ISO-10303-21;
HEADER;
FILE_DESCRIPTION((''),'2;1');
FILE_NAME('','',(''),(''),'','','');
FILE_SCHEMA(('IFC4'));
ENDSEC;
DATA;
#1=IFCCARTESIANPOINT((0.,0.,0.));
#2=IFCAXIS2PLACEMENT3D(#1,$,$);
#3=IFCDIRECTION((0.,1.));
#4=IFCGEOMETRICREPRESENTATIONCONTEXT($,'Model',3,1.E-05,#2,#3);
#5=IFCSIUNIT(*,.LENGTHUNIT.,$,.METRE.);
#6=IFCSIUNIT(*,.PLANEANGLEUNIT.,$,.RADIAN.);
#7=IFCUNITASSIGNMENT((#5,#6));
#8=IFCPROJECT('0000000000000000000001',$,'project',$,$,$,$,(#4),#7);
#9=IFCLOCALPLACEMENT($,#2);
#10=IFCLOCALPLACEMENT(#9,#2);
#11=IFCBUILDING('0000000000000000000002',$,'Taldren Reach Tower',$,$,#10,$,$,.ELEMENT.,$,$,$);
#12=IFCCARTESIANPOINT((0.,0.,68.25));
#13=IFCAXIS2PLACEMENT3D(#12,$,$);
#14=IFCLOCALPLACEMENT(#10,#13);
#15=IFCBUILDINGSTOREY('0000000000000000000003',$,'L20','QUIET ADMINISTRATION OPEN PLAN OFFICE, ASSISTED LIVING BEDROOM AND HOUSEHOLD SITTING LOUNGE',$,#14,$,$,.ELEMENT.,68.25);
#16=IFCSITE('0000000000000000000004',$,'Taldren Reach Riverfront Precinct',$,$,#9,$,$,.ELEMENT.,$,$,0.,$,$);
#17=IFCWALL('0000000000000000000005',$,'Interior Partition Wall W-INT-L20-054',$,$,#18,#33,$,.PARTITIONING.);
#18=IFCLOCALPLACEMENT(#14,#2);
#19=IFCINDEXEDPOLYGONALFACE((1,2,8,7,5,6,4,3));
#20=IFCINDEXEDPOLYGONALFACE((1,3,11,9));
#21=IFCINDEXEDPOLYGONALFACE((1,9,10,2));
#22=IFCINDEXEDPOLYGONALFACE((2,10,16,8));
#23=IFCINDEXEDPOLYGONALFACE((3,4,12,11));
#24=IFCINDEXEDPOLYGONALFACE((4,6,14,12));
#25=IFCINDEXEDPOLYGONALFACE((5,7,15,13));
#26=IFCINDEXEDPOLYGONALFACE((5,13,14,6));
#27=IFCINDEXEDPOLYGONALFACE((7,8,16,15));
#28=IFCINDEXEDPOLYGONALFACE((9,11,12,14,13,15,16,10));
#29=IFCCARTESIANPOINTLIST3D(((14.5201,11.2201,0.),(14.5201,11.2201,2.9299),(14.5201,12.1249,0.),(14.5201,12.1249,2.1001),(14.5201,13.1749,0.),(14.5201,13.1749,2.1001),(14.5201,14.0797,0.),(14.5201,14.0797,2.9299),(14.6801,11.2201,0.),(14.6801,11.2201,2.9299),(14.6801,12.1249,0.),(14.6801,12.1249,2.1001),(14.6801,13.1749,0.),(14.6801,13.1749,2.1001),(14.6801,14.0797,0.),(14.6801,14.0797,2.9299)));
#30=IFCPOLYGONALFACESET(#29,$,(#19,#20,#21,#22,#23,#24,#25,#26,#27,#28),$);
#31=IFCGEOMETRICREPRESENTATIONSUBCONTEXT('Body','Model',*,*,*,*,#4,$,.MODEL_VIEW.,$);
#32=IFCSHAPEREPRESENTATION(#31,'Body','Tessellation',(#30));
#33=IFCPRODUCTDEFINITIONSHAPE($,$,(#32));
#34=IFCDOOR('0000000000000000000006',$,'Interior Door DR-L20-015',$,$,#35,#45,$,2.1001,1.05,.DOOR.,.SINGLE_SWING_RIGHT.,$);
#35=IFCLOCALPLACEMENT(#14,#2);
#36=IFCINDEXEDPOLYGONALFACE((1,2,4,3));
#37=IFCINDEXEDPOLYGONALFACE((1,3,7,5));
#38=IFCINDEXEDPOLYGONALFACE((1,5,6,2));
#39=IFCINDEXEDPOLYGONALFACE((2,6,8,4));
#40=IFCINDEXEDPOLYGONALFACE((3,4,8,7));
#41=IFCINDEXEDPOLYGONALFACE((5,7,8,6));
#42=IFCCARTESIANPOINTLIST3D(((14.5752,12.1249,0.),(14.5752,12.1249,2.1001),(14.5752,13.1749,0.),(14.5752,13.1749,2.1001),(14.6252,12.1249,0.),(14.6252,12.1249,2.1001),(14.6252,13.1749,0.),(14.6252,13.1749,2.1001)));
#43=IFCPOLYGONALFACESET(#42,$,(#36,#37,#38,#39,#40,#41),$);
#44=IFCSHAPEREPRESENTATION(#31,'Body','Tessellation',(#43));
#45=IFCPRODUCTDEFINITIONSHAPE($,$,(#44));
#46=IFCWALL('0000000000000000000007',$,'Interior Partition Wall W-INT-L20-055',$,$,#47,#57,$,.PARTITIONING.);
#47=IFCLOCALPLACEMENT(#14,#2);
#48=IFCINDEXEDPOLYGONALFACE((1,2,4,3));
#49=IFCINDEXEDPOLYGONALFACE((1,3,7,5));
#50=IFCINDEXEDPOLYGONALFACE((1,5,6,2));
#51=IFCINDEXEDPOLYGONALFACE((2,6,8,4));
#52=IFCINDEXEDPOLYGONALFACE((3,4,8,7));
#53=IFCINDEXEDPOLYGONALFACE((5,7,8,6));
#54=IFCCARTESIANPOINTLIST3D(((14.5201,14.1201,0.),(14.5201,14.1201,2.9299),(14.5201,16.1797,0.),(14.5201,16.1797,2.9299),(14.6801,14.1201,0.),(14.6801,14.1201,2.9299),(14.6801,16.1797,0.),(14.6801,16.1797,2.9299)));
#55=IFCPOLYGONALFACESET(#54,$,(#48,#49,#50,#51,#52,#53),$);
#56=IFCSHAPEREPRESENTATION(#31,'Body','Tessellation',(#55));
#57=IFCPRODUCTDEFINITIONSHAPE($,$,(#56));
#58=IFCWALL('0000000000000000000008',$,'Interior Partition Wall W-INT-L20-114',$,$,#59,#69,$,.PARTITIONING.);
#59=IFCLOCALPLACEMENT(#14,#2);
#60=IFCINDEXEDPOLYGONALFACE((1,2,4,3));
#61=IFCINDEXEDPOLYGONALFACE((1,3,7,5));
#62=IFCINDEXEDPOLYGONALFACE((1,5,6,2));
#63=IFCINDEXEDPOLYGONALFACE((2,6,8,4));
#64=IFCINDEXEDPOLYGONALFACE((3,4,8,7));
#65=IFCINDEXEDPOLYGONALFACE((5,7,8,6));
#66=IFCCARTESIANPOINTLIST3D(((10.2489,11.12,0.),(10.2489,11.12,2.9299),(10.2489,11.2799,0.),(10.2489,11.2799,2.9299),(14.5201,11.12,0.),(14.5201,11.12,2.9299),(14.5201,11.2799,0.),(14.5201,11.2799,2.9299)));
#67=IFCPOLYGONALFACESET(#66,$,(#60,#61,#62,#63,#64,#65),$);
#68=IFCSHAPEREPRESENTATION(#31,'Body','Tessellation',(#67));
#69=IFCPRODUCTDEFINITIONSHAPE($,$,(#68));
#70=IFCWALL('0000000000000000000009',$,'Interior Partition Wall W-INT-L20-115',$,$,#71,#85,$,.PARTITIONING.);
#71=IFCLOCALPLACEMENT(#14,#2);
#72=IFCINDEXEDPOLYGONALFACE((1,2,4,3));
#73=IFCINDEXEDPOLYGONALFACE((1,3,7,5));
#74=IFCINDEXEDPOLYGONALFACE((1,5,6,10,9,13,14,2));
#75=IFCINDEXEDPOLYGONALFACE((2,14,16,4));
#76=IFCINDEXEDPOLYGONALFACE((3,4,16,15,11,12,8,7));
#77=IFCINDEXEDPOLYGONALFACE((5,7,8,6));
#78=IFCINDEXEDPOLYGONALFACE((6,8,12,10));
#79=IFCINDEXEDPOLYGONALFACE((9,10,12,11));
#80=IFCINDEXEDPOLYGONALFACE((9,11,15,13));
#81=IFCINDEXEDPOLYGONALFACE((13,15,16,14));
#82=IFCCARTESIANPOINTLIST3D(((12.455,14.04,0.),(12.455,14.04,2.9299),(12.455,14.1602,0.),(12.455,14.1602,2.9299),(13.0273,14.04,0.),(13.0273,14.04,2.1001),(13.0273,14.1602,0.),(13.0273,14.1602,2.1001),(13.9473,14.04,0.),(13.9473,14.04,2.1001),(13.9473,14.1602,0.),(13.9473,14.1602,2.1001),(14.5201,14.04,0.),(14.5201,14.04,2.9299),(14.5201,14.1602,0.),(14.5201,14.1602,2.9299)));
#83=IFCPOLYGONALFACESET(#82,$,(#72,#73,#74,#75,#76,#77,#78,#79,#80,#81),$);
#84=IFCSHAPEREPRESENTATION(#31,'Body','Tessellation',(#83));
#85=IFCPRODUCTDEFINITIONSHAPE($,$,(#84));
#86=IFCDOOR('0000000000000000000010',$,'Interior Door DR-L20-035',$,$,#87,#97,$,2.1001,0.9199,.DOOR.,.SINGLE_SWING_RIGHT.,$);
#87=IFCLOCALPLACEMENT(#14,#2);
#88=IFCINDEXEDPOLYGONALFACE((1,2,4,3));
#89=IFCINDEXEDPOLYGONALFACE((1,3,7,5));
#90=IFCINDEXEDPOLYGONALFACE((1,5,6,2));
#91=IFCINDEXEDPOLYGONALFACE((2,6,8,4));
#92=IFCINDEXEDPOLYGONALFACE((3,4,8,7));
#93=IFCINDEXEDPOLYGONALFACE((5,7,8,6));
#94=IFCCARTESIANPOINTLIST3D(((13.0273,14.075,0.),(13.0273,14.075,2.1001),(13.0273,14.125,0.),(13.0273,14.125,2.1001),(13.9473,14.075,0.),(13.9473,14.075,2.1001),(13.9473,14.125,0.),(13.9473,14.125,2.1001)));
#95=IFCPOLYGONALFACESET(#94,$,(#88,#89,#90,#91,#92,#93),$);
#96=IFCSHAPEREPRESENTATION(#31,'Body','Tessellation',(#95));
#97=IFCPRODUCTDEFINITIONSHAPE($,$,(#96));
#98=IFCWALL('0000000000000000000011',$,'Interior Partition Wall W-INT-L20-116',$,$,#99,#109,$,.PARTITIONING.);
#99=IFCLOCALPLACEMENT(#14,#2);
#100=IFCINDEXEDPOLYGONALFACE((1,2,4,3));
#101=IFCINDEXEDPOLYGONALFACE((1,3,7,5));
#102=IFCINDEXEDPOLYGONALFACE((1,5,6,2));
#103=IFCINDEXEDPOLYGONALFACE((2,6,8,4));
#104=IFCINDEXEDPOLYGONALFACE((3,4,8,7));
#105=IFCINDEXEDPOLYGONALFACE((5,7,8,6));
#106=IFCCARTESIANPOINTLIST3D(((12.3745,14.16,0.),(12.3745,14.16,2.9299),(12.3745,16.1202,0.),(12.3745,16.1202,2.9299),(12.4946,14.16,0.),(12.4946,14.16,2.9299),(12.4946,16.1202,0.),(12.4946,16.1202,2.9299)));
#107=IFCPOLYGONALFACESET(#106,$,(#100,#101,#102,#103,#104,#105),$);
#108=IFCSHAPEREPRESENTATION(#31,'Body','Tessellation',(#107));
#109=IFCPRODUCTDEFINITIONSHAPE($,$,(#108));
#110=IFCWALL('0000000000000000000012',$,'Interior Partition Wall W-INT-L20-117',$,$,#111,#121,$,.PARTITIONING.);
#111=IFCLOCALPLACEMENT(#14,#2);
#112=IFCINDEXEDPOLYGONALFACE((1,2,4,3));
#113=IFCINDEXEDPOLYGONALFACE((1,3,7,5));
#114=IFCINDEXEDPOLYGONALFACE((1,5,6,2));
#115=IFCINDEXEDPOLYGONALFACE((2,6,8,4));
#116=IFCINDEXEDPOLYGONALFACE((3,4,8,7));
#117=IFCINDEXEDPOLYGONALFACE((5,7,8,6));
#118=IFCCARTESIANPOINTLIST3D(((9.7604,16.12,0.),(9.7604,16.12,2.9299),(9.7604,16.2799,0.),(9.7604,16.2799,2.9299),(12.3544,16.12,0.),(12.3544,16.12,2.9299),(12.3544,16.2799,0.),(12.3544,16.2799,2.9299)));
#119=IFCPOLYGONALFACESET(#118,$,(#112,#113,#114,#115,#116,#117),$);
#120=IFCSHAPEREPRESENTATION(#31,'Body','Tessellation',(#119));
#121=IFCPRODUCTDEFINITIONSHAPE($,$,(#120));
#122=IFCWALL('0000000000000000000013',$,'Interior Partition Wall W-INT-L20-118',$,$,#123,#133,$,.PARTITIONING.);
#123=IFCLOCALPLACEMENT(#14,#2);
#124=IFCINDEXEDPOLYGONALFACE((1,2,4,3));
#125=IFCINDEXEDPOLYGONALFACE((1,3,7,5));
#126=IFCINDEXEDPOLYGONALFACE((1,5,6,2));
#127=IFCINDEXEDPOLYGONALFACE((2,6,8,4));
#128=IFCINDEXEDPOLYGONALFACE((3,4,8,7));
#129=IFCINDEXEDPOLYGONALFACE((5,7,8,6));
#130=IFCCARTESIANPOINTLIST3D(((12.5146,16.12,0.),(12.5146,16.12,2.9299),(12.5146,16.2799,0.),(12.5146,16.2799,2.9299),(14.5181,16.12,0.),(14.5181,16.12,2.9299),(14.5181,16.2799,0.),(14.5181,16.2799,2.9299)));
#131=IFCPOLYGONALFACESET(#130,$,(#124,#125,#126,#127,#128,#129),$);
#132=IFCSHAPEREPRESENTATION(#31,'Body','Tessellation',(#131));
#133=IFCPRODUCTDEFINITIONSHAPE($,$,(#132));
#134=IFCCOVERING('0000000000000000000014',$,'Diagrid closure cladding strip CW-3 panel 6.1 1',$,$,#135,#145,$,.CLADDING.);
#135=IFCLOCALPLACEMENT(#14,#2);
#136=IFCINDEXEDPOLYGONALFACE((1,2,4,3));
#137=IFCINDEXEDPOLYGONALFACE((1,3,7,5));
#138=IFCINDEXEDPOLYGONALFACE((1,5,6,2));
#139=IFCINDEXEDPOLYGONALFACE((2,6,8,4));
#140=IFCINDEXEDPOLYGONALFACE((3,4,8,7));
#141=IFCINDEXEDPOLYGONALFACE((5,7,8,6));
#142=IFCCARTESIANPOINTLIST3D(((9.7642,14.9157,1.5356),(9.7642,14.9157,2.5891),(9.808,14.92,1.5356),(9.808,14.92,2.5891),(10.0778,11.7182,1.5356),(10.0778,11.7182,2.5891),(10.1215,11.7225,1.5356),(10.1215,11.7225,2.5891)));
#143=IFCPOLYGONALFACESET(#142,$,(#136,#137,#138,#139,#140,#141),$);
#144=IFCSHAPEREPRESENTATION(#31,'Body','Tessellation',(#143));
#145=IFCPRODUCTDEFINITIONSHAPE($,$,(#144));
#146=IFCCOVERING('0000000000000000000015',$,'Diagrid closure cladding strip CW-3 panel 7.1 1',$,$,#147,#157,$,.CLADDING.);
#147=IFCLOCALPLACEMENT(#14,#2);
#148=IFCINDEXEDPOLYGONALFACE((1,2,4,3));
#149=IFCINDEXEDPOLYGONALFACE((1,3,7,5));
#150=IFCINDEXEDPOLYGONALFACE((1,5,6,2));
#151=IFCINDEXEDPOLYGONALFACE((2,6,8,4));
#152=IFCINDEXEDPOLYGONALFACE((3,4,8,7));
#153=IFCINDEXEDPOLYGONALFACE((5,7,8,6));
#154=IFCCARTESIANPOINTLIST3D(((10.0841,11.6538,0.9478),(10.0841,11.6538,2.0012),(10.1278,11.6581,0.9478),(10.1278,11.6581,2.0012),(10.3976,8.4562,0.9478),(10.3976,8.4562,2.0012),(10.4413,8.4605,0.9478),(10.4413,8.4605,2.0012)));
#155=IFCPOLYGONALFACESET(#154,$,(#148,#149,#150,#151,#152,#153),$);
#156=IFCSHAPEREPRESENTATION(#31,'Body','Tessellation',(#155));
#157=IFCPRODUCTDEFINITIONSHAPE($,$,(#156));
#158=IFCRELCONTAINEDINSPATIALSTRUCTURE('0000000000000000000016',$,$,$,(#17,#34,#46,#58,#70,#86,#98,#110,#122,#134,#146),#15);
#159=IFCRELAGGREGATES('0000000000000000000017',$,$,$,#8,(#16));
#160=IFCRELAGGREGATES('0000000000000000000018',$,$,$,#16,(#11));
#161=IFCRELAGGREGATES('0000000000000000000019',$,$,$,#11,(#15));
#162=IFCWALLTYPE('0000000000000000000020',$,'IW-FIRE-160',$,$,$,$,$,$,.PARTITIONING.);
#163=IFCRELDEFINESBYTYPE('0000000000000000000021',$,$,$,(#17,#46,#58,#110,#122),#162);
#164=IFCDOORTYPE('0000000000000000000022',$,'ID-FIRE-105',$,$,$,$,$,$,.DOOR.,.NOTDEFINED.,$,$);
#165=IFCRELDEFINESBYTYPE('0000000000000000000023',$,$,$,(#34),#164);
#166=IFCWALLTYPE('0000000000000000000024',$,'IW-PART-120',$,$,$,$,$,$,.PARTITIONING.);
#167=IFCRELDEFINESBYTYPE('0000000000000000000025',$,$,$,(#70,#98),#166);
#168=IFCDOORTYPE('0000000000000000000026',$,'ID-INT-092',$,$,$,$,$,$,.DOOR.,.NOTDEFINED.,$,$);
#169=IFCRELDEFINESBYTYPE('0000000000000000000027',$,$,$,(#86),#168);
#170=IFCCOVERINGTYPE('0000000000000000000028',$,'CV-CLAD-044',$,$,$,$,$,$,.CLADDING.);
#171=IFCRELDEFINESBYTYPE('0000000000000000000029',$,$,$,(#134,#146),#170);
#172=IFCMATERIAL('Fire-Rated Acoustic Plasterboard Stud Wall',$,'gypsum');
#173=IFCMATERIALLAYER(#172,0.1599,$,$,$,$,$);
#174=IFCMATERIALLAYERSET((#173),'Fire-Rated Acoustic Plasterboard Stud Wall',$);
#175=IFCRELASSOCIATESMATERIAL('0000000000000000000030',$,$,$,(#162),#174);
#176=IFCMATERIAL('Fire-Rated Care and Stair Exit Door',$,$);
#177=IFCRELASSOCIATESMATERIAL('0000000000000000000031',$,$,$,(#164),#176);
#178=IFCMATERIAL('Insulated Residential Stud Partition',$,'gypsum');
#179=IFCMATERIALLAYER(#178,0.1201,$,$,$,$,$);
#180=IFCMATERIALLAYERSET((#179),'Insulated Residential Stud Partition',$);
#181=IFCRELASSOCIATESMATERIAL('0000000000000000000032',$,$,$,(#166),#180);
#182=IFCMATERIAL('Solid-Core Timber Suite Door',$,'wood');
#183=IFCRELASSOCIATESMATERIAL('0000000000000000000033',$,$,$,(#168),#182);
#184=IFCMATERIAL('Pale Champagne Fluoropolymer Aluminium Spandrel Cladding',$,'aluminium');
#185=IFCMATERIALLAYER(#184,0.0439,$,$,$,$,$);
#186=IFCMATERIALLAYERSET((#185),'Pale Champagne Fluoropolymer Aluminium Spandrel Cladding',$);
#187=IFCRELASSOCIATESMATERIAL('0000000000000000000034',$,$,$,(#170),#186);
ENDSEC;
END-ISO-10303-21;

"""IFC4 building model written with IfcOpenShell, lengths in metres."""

from ifc_helpers import new_model, si_unit, direction, frame, frame_2d, origin, origin_2d, place, context, subcontext, project, spatial, rectangle, extrude, source, transform, mapped, material, layer, layer_set, type_object, element, fill, save


model = new_model("IFC4")

# Units and contexts
model_context = context("Model", 3, precision=1e-05, world=origin(), true_north=direction((0.0, 1.0)))
body_context = subcontext(model_context, "Body", "Model", "MODEL_VIEW")
ifc_project = project(units=[si_unit("LENGTHUNIT", "METRE"), si_unit("PLANEANGLEUNIT", "RADIAN")], contexts=[model_context])

# Site, building, storey
site_placement = place(None, origin())
site = spatial("IfcSite", under=ifc_project, at=site_placement, Name="Taldren Reach Riverfront Precinct", CompositionType="ELEMENT", RefElevation=0.0)
building_placement = place(site_placement, origin())
building = spatial("IfcBuilding", under=site, at=building_placement, Name="Taldren Reach Tower", CompositionType="ELEMENT")
storey_placement = place(building_placement, frame((0.0, 0.0, 68.25)))
storey = spatial("IfcBuildingStorey", under=building, at=storey_placement, Name="L20", Description="QUIET ADMINISTRATION OPEN PLAN OFFICE, ASSISTED LIVING BEDROOM AND HOUSEHOLD SITTING LOUNGE", CompositionType="ELEMENT", Elevation=68.25)

# Shared definitions
ifc_material_1 = material(Name="Fire-Rated Acoustic Plasterboard Stud Wall", Category="gypsum")
ifc_layer_1 = layer(ifc_material_1, 0.1599)
ifc_layer_set_1 = layer_set([ifc_layer_1], Name="Fire-Rated Acoustic Plasterboard Stud Wall")
wall_type_1 = type_object("IfcWallType", Name="IW-FIRE-160", PredefinedType="PARTITIONING", material=ifc_layer_set_1)

# Wall, opening, door
shared_shape_1 = source(origin(), body_context, "Body", "SweptSolid", [
    extrude(rectangle(XDim=2.8596, YDim=0.1599, at=frame_2d((1.4297, 0.0))), origin(), (0.0, 0.0, 1.0), 2.9299),
])
wall_1_placement = place(storey_placement, frame((14.6001, 11.2202, 0.0), z_axis=(0.0, 0.0, 1.0), x_axis=(0.0, 1.0, 0.0)))
wall_1 = element("IfcWall", 1, at=wall_1_placement, inside=storey, type_object=wall_type_1, Name="Interior Partition Wall W-INT-L20-054", PredefinedType="PARTITIONING", context=body_context, shape_type="MappedRepresentation", body=[
    mapped(shared_shape_1, transform((0.0, 0.0, 0.0), scale=1.0)),
])
shared_shape_2 = source(origin(), body_context, "Body", "SweptSolid", [
    extrude(rectangle(XDim=1.05, YDim=2.1001, at=frame_2d((0.5249, 1.05))), frame((0.0, 0.0898, 0.0), z_axis=(0.0, -1.0, 0.0), x_axis=(1.0, 0.0, 0.0)), (0.0, 0.0, 1.0), 0.1799),
])
opening_1_placement = place(wall_1_placement, frame((0.9048, 0.0, 0.0)))
opening_1 = element("IfcOpeningElement", 2, at=opening_1_placement, cuts=wall_1, PredefinedType="OPENING", context=body_context, shape_type="MappedRepresentation", body=[
    mapped(shared_shape_2, transform((0.0, 0.0, 0.0), scale=1.0)),
])
ifc_material_2 = material(Name="Fire-Rated Care and Stair Exit Door")
door_type_1 = type_object("IfcDoorType", Name="ID-FIRE-105", OperationType="NOTDEFINED", PredefinedType="DOOR", material=ifc_material_2)
shared_shape_3 = source(origin(), body_context, "Body", "SweptSolid", [
    extrude(rectangle(XDim=1.05, YDim=2.1001, at=frame_2d((0.5249, 1.05))), frame((0.0, 0.0249, 0.0), z_axis=(0.0, -1.0, 0.0), x_axis=(1.0, 0.0, 0.0)), (0.0, 0.0, 1.0), 0.05),
])
door_1_placement = place(opening_1_placement, origin())
door_1 = element("IfcDoor", 3, at=door_1_placement, inside=storey, type_object=door_type_1, Name="Interior Door DR-L20-015", OperationType="SINGLE_SWING_RIGHT", OverallHeight=2.1001, OverallWidth=1.05, PredefinedType="DOOR", context=body_context, shape_type="MappedRepresentation", body=[
    mapped(shared_shape_3, transform((0.0, 0.0, 0.0), scale=1.0)),
])
fill(opening_1, door_1)

# Walls
shared_shape_4 = source(origin(), body_context, "Body", "SweptSolid", [
    extrude(rectangle(XDim=2.0596, YDim=0.1599, at=frame_2d((1.0298, 0.0))), origin(), (0.0, 0.0, 1.0), 2.9299),
])
wall_2_placement = place(storey_placement, frame((14.6001, 14.1201, 0.0), z_axis=(0.0, 0.0, 1.0), x_axis=(0.0, 1.0, 0.0)))
element("IfcWall", 4, at=wall_2_placement, inside=storey, type_object=wall_type_1, Name="Interior Partition Wall W-INT-L20-055", PredefinedType="PARTITIONING", context=body_context, shape_type="MappedRepresentation", body=[
    mapped(shared_shape_4, transform((0.0, 0.0, 0.0), scale=1.0)),
])
shared_shape_5 = source(origin(), body_context, "Body", "SweptSolid", [
    extrude(rectangle(XDim=4.2712, YDim=0.1599, at=frame_2d((2.1357, 0.0))), origin(), (0.0, 0.0, 1.0), 2.9299),
])
wall_3_placement = place(storey_placement, frame((10.2488, 11.2, 0.0), z_axis=(0.0, 0.0, 1.0), x_axis=(1.0, 0.0, 0.0)))
element("IfcWall", 5, at=wall_3_placement, inside=storey, type_object=wall_type_1, Name="Interior Partition Wall W-INT-L20-114", PredefinedType="PARTITIONING", context=body_context, shape_type="MappedRepresentation", body=[
    mapped(shared_shape_5, transform((0.0, 0.0, 0.0), scale=1.0)),
])

# Wall, opening, door
ifc_material_3 = material(Name="Insulated Residential Stud Partition", Category="gypsum")
ifc_layer_2 = layer(ifc_material_3, 0.1201)
ifc_layer_set_2 = layer_set([ifc_layer_2], Name="Insulated Residential Stud Partition")
wall_type_2 = type_object("IfcWallType", Name="IW-PART-120", PredefinedType="PARTITIONING", material=ifc_layer_set_2)
shared_shape_6 = source(origin(), body_context, "Body", "SweptSolid", [
    extrude(rectangle(XDim=2.0652, YDim=0.1201, at=frame_2d((1.0327, 0.0))), origin(), (0.0, 0.0, 1.0), 2.9299),
])
wall_4_placement = place(storey_placement, frame((12.4548, 14.1001, 0.0), z_axis=(0.0, 0.0, 1.0), x_axis=(1.0, 0.0, 0.0)))
wall_4 = element("IfcWall", 6, at=wall_4_placement, inside=storey, type_object=wall_type_2, Name="Interior Partition Wall W-INT-L20-115", PredefinedType="PARTITIONING", context=body_context, shape_type="MappedRepresentation", body=[
    mapped(shared_shape_6, transform((0.0, 0.0, 0.0), scale=1.0)),
])
shared_shape_7 = source(origin(), body_context, "Body", "SweptSolid", [
    extrude(rectangle(XDim=0.9199, YDim=2.1001, at=frame_2d((0.46, 1.05))), frame((0.0, 0.0701, 0.0), z_axis=(0.0, -1.0, 0.0), x_axis=(1.0, 0.0, 0.0)), (0.0, 0.0, 1.0), 0.1401),
])
opening_2_placement = place(wall_4_placement, frame((0.5725, 0.0, 0.0)))
opening_2 = element("IfcOpeningElement", 7, at=opening_2_placement, cuts=wall_4, PredefinedType="OPENING", context=body_context, shape_type="MappedRepresentation", body=[
    mapped(shared_shape_7, transform((0.0, 0.0, 0.0), scale=1.0)),
])
ifc_material_4 = material(Name="Solid-Core Timber Suite Door", Category="wood")
door_type_2 = type_object("IfcDoorType", Name="ID-INT-092", OperationType="NOTDEFINED", PredefinedType="DOOR", material=ifc_material_4)
shared_shape_8 = source(origin(), body_context, "Body", "SweptSolid", [
    extrude(rectangle(XDim=0.9199, YDim=2.1001, at=frame_2d((0.46, 1.05))), frame((0.0, 0.0249, 0.0), z_axis=(0.0, -1.0, 0.0), x_axis=(1.0, 0.0, 0.0)), (0.0, 0.0, 1.0), 0.05),
])
door_2_placement = place(opening_2_placement, origin())
door_2 = element("IfcDoor", 8, at=door_2_placement, inside=storey, type_object=door_type_2, Name="Interior Door DR-L20-035", OperationType="SINGLE_SWING_RIGHT", OverallHeight=2.1001, OverallWidth=0.9199, PredefinedType="DOOR", context=body_context, shape_type="MappedRepresentation", body=[
    mapped(shared_shape_8, transform((0.0, 0.0, 0.0), scale=1.0)),
])
fill(opening_2, door_2)

# Walls
shared_shape_9 = source(origin(), body_context, "Body", "SweptSolid", [
    extrude(rectangle(XDim=1.9602, YDim=0.1201, at=frame_2d((0.98, 0.0))), origin(), (0.0, 0.0, 1.0), 2.9299),
])
wall_5_placement = place(storey_placement, frame((12.4346, 16.1201, 0.0), z_axis=(0.0, 0.0, 1.0), x_axis=(0.0, -1.0, 0.0)))
element("IfcWall", 9, at=wall_5_placement, inside=storey, type_object=wall_type_2, Name="Interior Partition Wall W-INT-L20-116", PredefinedType="PARTITIONING", context=body_context, shape_type="MappedRepresentation", body=[
    mapped(shared_shape_9, transform((0.0, 0.0, 0.0), scale=1.0)),
])
shared_shape_10 = source(origin(), body_context, "Body", "SweptSolid", [
    extrude(rectangle(XDim=2.594, YDim=0.1599, at=frame_2d((1.2969, 0.0))), origin(), (0.0, 0.0, 1.0), 2.9299),
])
wall_6_placement = place(storey_placement, frame((9.7605, 16.2, 0.0), z_axis=(0.0, 0.0, 1.0), x_axis=(1.0, 0.0, 0.0)))
element("IfcWall", 10, at=wall_6_placement, inside=storey, type_object=wall_type_1, Name="Interior Partition Wall W-INT-L20-117", PredefinedType="PARTITIONING", context=body_context, shape_type="MappedRepresentation", body=[
    mapped(shared_shape_10, transform((0.0, 0.0, 0.0), scale=1.0)),
])
shared_shape_11 = source(origin(), body_context, "Body", "SweptSolid", [
    extrude(rectangle(XDim=2.0034, YDim=0.1599, at=frame_2d((1.0017, 0.0))), origin(), (0.0, 0.0, 1.0), 2.9299),
])
wall_7_placement = place(storey_placement, frame((12.5146, 16.2, 0.0), z_axis=(0.0, 0.0, 1.0), x_axis=(1.0, 0.0, 0.0)))
element("IfcWall", 11, at=wall_7_placement, inside=storey, type_object=wall_type_1, Name="Interior Partition Wall W-INT-L20-118", PredefinedType="PARTITIONING", context=body_context, shape_type="MappedRepresentation", body=[
    mapped(shared_shape_11, transform((0.0, 0.0, 0.0), scale=1.0)),
])

# Coverings
ifc_material_5 = material(Name="Pale Champagne Fluoropolymer Aluminium Spandrel Cladding", Category="aluminium")
ifc_layer_3 = layer(ifc_material_5, 0.0439)
ifc_layer_set_3 = layer_set([ifc_layer_3], Name="Pale Champagne Fluoropolymer Aluminium Spandrel Cladding")
covering_type = type_object("IfcCoveringType", Name="CV-CLAD-044", PredefinedType="CLADDING", material=ifc_layer_set_3)
shared_shape_12 = source(origin(), body_context, "Body", "SweptSolid", [
    extrude(rectangle(XDim=3.2129, YDim=0.0439, at=origin_2d()), origin(), (0.0, 0.0, 1.0), 1.0535),
])
for number, where, z_axis, x_axis, name in (
    (12, (9.9429, 13.3191, 1.5356), (0.0, 0.0, 1.0), (0.097583, -0.995227, 0.0), "Diagrid closure cladding strip CW-3 panel 6.1 1"),
    (13, (10.2627, 10.0571, 0.9478), (0.0, 0.0, 1.0), (0.097583, -0.995227, 0.0), "Diagrid closure cladding strip CW-3 panel 7.1 1"),
):
    element("IfcCovering", number, at=place(storey_placement, frame(where, z_axis=z_axis, x_axis=x_axis)), inside=storey, type_object=covering_type, Name=name, PredefinedType="CLADDING", context=body_context, shape_type="MappedRepresentation", body=[
        mapped(shared_shape_12, transform((0.0, 0.0, 0.0), scale=1.0)),
    ])

save(model, "model.ifc")
